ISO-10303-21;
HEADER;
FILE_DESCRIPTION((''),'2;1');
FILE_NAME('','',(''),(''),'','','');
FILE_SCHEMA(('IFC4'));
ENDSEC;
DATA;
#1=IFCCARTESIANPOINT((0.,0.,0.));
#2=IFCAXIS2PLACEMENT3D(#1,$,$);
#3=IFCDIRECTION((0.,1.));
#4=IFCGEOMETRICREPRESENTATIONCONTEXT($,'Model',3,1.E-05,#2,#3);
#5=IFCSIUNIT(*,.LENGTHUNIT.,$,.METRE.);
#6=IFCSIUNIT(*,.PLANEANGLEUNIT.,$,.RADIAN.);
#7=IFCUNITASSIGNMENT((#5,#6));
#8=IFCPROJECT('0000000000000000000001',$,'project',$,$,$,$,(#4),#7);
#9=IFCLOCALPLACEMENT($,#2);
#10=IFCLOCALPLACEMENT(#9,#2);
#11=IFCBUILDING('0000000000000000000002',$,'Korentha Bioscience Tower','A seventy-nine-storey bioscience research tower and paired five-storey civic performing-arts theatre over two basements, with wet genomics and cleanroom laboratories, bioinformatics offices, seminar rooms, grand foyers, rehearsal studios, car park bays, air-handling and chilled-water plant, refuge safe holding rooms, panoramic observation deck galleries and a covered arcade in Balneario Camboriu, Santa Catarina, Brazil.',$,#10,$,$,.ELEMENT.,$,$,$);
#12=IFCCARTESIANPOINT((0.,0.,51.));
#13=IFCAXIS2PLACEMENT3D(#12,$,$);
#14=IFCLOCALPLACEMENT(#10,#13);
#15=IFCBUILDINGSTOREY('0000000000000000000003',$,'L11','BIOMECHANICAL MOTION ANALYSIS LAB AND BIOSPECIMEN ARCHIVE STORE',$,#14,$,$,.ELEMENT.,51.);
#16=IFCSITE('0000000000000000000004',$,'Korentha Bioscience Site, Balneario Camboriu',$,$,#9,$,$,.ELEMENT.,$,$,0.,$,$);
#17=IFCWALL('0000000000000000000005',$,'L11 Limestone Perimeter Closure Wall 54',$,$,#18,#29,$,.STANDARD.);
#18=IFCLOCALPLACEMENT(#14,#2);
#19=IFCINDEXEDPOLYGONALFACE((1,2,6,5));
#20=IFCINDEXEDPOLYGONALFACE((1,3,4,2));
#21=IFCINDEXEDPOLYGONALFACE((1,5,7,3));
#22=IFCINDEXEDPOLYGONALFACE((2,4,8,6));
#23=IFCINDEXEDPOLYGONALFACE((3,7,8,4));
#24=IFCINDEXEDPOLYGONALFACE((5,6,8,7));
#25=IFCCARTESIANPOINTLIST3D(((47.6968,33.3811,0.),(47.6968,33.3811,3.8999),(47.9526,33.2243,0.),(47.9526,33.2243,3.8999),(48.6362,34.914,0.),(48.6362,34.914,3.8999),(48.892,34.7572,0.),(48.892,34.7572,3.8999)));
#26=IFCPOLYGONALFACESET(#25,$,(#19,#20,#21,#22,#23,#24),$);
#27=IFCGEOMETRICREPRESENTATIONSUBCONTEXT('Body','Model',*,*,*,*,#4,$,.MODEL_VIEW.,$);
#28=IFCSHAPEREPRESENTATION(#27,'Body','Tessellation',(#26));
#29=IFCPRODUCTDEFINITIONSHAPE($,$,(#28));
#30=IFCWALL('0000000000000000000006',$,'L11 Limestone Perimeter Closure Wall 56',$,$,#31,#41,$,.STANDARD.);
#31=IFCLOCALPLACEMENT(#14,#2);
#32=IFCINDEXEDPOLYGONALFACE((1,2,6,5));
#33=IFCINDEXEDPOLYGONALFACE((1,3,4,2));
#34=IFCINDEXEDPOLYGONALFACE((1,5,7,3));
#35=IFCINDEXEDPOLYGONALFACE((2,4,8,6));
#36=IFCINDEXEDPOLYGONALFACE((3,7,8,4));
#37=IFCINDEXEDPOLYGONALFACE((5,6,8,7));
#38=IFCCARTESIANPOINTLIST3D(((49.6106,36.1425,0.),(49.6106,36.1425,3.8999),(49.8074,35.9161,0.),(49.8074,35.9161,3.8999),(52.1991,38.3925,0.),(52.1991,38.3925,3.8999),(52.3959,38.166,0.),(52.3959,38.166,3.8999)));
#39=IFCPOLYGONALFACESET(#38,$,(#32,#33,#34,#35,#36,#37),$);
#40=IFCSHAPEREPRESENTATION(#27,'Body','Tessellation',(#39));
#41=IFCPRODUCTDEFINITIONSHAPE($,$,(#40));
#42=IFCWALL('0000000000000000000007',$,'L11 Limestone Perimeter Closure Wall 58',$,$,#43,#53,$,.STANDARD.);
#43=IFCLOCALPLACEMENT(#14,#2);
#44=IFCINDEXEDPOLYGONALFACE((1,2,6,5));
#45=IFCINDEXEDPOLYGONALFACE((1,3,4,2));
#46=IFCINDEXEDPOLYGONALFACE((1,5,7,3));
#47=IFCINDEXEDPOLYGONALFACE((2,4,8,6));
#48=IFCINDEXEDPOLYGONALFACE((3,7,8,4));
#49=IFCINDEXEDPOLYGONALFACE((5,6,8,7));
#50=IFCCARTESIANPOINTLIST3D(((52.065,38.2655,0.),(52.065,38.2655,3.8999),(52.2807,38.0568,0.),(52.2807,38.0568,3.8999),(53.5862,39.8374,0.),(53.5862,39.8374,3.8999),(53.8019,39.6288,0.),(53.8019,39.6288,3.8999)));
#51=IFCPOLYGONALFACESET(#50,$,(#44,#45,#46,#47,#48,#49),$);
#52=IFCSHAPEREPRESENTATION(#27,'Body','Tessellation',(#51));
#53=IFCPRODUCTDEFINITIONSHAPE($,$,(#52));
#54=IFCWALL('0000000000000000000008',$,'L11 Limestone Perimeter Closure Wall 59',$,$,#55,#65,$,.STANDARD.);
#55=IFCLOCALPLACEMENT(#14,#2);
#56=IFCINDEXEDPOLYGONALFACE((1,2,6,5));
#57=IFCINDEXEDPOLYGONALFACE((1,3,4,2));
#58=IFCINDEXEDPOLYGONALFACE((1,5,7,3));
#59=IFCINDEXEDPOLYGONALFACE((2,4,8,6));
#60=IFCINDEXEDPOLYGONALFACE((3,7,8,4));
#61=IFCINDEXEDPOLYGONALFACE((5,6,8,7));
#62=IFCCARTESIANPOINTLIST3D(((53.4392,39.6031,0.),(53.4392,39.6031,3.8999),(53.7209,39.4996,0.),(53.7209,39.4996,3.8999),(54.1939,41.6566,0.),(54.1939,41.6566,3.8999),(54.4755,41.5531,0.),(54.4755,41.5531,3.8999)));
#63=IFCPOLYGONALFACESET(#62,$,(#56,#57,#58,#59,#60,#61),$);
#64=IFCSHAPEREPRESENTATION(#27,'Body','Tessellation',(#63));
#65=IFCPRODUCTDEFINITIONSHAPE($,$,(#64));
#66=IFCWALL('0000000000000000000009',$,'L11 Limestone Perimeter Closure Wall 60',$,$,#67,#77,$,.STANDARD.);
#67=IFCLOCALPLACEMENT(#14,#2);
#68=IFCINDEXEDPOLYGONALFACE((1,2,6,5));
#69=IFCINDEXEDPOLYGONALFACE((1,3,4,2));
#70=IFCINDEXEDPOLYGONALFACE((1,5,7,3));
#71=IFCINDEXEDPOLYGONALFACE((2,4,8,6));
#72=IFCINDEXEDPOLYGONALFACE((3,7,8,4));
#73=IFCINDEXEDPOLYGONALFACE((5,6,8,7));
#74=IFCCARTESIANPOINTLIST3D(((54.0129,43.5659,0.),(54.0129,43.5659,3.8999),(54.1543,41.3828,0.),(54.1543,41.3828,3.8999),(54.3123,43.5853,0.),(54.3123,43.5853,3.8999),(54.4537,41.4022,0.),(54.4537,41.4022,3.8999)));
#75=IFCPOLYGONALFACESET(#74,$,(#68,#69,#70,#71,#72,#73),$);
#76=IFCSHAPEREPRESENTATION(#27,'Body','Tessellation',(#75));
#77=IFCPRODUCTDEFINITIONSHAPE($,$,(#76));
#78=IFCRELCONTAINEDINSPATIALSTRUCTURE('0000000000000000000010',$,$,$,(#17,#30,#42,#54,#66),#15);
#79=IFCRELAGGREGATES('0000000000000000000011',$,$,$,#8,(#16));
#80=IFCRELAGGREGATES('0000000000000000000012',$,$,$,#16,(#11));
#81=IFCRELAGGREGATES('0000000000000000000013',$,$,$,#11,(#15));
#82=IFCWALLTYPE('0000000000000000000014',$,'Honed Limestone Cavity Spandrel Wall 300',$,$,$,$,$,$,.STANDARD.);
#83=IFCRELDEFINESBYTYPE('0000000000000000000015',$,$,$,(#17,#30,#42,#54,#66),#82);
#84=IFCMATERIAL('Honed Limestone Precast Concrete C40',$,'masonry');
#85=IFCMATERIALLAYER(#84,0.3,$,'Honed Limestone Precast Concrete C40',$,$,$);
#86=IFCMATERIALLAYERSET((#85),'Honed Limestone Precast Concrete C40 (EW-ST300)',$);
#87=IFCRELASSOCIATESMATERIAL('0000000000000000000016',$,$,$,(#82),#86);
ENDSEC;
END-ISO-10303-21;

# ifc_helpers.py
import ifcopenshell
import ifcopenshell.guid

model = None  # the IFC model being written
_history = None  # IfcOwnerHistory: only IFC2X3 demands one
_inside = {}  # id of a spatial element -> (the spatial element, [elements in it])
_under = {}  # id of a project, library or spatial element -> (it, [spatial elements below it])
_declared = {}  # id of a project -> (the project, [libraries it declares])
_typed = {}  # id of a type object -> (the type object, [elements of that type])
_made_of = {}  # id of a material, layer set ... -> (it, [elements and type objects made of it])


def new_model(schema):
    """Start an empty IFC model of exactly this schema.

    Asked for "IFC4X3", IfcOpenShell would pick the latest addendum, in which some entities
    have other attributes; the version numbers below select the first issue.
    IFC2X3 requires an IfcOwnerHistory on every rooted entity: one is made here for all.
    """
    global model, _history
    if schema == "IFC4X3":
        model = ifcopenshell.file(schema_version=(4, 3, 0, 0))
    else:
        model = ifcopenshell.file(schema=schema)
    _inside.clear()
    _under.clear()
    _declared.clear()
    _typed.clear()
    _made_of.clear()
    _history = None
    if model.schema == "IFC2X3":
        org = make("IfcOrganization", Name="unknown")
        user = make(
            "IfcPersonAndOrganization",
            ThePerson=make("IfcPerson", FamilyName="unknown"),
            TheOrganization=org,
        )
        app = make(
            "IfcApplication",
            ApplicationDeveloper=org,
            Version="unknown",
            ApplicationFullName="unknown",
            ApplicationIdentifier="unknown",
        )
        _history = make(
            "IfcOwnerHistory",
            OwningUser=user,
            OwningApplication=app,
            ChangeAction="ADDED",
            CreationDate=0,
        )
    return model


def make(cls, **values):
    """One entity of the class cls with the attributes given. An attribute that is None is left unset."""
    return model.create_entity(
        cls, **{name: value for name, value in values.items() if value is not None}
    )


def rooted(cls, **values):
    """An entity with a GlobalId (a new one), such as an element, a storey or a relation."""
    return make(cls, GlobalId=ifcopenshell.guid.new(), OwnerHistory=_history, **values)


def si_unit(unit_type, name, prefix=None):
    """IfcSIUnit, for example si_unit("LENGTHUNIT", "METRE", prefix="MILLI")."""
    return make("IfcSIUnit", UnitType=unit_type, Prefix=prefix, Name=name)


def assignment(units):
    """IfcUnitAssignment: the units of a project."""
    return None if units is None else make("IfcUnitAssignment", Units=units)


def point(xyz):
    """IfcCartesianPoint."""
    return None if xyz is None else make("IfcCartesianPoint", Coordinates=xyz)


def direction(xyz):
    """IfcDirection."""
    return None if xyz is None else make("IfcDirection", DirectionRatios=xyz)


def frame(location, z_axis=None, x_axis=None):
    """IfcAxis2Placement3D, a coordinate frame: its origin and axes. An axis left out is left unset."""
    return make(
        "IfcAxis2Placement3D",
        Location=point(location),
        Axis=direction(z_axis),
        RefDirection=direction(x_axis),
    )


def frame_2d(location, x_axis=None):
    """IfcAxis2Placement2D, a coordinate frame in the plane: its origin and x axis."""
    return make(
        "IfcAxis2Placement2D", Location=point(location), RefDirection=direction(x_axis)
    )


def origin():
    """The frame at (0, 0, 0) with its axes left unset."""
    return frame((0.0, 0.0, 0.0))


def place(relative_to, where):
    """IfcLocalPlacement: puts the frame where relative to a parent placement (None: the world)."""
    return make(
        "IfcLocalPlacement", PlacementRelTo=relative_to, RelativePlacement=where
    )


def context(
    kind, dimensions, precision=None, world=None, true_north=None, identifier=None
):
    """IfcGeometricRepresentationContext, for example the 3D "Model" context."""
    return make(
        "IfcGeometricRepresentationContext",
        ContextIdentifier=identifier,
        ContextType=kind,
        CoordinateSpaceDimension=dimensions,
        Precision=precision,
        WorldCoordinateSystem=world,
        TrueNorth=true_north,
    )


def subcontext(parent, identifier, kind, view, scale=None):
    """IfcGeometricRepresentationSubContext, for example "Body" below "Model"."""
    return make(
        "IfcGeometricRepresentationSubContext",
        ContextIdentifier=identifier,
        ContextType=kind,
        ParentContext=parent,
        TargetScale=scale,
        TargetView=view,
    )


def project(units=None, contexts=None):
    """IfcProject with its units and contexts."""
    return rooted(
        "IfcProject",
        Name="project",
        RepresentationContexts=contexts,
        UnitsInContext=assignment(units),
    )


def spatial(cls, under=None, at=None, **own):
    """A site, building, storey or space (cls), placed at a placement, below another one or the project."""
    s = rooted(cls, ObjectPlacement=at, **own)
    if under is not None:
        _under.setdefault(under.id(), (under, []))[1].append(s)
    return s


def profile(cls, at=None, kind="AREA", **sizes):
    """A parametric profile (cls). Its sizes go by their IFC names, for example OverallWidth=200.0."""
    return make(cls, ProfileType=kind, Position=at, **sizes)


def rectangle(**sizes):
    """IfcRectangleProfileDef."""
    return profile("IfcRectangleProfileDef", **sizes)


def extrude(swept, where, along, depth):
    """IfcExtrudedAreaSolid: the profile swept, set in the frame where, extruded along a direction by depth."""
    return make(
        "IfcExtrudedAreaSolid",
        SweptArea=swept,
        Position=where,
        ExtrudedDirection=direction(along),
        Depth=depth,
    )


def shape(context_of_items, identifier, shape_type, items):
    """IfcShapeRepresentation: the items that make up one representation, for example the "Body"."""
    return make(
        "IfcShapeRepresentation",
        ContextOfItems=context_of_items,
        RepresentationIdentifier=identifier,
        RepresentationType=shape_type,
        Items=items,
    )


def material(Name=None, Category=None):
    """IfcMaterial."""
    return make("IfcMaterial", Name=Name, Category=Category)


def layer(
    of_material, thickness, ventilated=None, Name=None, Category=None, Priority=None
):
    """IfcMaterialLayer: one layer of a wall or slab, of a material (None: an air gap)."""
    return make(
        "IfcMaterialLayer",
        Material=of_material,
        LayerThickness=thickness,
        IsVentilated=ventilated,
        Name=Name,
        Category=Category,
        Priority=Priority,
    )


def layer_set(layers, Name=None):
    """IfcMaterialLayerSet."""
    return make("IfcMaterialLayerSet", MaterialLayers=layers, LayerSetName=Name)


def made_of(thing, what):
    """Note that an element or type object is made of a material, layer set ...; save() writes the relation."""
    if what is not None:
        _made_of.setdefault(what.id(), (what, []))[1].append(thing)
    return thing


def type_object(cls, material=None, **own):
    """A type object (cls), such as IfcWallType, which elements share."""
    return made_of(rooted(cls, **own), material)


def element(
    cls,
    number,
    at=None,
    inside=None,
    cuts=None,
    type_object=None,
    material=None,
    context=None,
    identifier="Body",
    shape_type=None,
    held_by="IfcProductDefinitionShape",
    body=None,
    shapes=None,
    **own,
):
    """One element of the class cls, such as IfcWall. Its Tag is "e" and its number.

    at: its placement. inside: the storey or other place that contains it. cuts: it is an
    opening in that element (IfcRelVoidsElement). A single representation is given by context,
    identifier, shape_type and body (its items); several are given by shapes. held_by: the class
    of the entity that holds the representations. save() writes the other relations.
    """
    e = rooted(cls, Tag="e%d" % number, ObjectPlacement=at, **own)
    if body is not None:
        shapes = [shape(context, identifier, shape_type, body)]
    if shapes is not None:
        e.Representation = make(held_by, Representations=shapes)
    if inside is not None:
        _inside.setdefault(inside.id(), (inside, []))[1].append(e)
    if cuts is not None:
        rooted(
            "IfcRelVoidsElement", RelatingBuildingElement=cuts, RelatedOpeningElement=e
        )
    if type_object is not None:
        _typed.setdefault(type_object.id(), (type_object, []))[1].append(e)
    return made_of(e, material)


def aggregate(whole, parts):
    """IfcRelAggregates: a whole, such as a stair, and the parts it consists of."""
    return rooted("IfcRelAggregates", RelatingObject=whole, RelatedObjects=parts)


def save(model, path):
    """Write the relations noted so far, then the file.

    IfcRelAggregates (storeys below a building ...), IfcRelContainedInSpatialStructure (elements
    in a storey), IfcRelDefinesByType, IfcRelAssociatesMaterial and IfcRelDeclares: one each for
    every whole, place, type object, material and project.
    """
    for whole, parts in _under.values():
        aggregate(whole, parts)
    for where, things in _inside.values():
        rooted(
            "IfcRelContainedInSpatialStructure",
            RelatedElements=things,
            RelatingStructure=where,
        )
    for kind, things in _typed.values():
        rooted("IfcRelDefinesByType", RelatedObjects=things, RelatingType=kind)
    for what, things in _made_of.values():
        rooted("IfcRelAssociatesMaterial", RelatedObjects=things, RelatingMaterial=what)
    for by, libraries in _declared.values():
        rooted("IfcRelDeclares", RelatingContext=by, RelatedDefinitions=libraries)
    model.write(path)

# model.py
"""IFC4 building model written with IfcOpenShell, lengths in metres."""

from ifc_helpers import new_model, si_unit, direction, frame, frame_2d, origin, place, context, subcontext, project, spatial, rectangle, extrude, material, layer, layer_set, type_object, element, save


model = new_model("IFC4")

# Units and contexts
model_context = context("Model", 3, precision=1e-05, world=origin(), true_north=direction((0.0, 1.0)))
body_context = subcontext(model_context, "Body", "Model", "MODEL_VIEW")
ifc_project = project(units=[si_unit("LENGTHUNIT", "METRE"), si_unit("PLANEANGLEUNIT", "RADIAN")], contexts=[model_context])

# Site, building, storey
site_placement = place(None, origin())
site = spatial("IfcSite", under=ifc_project, at=site_placement, Name="Korentha Bioscience Site, Balneario Camboriu", CompositionType="ELEMENT", RefElevation=0.0)
building_placement = place(site_placement, origin())
building = spatial("IfcBuilding", under=site, at=building_placement, Name="Korentha Bioscience Tower", Description="A seventy-nine-storey bioscience research tower and paired five-storey civic performing-arts theatre over two basements, with wet genomics and cleanroom laboratories, bioinformatics offices, seminar rooms, grand foyers, rehearsal studios, car park bays, air-handling and chilled-water plant, refuge safe holding rooms, panoramic observation deck galleries and a covered arcade in Balneario Camboriu, Santa Catarina, Brazil.", CompositionType="ELEMENT")
storey_placement = place(building_placement, frame((0.0, 0.0, 51.0)))
storey = spatial("IfcBuildingStorey", under=building, at=storey_placement, Name="L11", Description="BIOMECHANICAL MOTION ANALYSIS LAB AND BIOSPECIMEN ARCHIVE STORE", CompositionType="ELEMENT", Elevation=51.0)

# Walls
ifc_material_1 = material(Name="Honed Limestone Precast Concrete C40", Category="masonry")
ifc_layer_1 = layer(ifc_material_1, 0.3, Name="Honed Limestone Precast Concrete C40")
ifc_layer_set_1 = layer_set([ifc_layer_1], Name="Honed Limestone Precast Concrete C40 (EW-ST300)")
wall_type_1 = type_object("IfcWallType", Name="Honed Limestone Cavity Spandrel Wall 300", PredefinedType="STANDARD", material=ifc_layer_set_1)
wall_1_placement = place(storey_placement, frame((47.8247, 33.3027, 0.0), z_axis=(0.0, 0.0, 1.0), x_axis=(0.522521, 0.852627, 0.0)))
element("IfcWall", 1, at=wall_1_placement, inside=storey, type_object=wall_type_1, Name="L11 Limestone Perimeter Closure Wall 54", PredefinedType="STANDARD", context=body_context, shape_type="SweptSolid", body=[
    extrude(rectangle(XDim=1.7979, YDim=0.3, at=frame_2d((0.8989, 0.0))), origin(), (0.0, 0.0, 1.0), 3.8999),
])
wall_2_placement = place(storey_placement, frame((49.709, 36.0293, 0.0), z_axis=(0.0, 0.0, 1.0), x_axis=(0.754746, 0.656017, 0.0)))
element("IfcWall", 2, at=wall_2_placement, inside=storey, type_object=wall_type_1, Name="L11 Limestone Perimeter Closure Wall 56", PredefinedType="STANDARD", context=body_context, shape_type="SweptSolid", body=[
    extrude(rectangle(XDim=3.4297, YDim=0.3, at=frame_2d((1.7148, 0.0))), origin(), (0.0, 0.0, 1.0), 3.8999),
])
wall_3_placement = place(storey_placement, frame((52.1729, 38.1611, 0.0), z_axis=(0.0, 0.0, 1.0), x_axis=(0.695405, 0.718618, 0.0)))
element("IfcWall", 3, at=wall_3_placement, inside=storey, type_object=wall_type_1, Name="L11 Limestone Perimeter Closure Wall 58", PredefinedType="STANDARD", context=body_context, shape_type="SweptSolid", body=[
    extrude(rectangle(XDim=2.1875, YDim=0.3, at=frame_2d((1.0938, 0.0))), origin(), (0.0, 0.0, 1.0), 3.8999),
])
for number, where, z_axis, x_axis, name in (
    (4, (53.5801, 39.5515, 0.0), (0.0, 0.0, 1.0), (0.34494, 0.938625, 0.0), "L11 Limestone Perimeter Closure Wall 59"),
    (5, (54.304, 41.3926, 0.0), (0.0, 0.0, 1.0), (-0.064615, 0.99791, 0.0), "L11 Limestone Perimeter Closure Wall 60"),
):
    element("IfcWall", number, at=place(storey_placement, frame(where, z_axis=z_axis, x_axis=x_axis)), inside=storey, type_object=wall_type_1, Name=name, PredefinedType="STANDARD", context=body_context, shape_type="SweptSolid", body=[
        extrude(rectangle(XDim=2.1877, YDim=0.3, at=frame_2d((1.0938, 0.0))), origin(), (0.0, 0.0, 1.0), 3.8999),
    ])

save(model, "model.ifc")
